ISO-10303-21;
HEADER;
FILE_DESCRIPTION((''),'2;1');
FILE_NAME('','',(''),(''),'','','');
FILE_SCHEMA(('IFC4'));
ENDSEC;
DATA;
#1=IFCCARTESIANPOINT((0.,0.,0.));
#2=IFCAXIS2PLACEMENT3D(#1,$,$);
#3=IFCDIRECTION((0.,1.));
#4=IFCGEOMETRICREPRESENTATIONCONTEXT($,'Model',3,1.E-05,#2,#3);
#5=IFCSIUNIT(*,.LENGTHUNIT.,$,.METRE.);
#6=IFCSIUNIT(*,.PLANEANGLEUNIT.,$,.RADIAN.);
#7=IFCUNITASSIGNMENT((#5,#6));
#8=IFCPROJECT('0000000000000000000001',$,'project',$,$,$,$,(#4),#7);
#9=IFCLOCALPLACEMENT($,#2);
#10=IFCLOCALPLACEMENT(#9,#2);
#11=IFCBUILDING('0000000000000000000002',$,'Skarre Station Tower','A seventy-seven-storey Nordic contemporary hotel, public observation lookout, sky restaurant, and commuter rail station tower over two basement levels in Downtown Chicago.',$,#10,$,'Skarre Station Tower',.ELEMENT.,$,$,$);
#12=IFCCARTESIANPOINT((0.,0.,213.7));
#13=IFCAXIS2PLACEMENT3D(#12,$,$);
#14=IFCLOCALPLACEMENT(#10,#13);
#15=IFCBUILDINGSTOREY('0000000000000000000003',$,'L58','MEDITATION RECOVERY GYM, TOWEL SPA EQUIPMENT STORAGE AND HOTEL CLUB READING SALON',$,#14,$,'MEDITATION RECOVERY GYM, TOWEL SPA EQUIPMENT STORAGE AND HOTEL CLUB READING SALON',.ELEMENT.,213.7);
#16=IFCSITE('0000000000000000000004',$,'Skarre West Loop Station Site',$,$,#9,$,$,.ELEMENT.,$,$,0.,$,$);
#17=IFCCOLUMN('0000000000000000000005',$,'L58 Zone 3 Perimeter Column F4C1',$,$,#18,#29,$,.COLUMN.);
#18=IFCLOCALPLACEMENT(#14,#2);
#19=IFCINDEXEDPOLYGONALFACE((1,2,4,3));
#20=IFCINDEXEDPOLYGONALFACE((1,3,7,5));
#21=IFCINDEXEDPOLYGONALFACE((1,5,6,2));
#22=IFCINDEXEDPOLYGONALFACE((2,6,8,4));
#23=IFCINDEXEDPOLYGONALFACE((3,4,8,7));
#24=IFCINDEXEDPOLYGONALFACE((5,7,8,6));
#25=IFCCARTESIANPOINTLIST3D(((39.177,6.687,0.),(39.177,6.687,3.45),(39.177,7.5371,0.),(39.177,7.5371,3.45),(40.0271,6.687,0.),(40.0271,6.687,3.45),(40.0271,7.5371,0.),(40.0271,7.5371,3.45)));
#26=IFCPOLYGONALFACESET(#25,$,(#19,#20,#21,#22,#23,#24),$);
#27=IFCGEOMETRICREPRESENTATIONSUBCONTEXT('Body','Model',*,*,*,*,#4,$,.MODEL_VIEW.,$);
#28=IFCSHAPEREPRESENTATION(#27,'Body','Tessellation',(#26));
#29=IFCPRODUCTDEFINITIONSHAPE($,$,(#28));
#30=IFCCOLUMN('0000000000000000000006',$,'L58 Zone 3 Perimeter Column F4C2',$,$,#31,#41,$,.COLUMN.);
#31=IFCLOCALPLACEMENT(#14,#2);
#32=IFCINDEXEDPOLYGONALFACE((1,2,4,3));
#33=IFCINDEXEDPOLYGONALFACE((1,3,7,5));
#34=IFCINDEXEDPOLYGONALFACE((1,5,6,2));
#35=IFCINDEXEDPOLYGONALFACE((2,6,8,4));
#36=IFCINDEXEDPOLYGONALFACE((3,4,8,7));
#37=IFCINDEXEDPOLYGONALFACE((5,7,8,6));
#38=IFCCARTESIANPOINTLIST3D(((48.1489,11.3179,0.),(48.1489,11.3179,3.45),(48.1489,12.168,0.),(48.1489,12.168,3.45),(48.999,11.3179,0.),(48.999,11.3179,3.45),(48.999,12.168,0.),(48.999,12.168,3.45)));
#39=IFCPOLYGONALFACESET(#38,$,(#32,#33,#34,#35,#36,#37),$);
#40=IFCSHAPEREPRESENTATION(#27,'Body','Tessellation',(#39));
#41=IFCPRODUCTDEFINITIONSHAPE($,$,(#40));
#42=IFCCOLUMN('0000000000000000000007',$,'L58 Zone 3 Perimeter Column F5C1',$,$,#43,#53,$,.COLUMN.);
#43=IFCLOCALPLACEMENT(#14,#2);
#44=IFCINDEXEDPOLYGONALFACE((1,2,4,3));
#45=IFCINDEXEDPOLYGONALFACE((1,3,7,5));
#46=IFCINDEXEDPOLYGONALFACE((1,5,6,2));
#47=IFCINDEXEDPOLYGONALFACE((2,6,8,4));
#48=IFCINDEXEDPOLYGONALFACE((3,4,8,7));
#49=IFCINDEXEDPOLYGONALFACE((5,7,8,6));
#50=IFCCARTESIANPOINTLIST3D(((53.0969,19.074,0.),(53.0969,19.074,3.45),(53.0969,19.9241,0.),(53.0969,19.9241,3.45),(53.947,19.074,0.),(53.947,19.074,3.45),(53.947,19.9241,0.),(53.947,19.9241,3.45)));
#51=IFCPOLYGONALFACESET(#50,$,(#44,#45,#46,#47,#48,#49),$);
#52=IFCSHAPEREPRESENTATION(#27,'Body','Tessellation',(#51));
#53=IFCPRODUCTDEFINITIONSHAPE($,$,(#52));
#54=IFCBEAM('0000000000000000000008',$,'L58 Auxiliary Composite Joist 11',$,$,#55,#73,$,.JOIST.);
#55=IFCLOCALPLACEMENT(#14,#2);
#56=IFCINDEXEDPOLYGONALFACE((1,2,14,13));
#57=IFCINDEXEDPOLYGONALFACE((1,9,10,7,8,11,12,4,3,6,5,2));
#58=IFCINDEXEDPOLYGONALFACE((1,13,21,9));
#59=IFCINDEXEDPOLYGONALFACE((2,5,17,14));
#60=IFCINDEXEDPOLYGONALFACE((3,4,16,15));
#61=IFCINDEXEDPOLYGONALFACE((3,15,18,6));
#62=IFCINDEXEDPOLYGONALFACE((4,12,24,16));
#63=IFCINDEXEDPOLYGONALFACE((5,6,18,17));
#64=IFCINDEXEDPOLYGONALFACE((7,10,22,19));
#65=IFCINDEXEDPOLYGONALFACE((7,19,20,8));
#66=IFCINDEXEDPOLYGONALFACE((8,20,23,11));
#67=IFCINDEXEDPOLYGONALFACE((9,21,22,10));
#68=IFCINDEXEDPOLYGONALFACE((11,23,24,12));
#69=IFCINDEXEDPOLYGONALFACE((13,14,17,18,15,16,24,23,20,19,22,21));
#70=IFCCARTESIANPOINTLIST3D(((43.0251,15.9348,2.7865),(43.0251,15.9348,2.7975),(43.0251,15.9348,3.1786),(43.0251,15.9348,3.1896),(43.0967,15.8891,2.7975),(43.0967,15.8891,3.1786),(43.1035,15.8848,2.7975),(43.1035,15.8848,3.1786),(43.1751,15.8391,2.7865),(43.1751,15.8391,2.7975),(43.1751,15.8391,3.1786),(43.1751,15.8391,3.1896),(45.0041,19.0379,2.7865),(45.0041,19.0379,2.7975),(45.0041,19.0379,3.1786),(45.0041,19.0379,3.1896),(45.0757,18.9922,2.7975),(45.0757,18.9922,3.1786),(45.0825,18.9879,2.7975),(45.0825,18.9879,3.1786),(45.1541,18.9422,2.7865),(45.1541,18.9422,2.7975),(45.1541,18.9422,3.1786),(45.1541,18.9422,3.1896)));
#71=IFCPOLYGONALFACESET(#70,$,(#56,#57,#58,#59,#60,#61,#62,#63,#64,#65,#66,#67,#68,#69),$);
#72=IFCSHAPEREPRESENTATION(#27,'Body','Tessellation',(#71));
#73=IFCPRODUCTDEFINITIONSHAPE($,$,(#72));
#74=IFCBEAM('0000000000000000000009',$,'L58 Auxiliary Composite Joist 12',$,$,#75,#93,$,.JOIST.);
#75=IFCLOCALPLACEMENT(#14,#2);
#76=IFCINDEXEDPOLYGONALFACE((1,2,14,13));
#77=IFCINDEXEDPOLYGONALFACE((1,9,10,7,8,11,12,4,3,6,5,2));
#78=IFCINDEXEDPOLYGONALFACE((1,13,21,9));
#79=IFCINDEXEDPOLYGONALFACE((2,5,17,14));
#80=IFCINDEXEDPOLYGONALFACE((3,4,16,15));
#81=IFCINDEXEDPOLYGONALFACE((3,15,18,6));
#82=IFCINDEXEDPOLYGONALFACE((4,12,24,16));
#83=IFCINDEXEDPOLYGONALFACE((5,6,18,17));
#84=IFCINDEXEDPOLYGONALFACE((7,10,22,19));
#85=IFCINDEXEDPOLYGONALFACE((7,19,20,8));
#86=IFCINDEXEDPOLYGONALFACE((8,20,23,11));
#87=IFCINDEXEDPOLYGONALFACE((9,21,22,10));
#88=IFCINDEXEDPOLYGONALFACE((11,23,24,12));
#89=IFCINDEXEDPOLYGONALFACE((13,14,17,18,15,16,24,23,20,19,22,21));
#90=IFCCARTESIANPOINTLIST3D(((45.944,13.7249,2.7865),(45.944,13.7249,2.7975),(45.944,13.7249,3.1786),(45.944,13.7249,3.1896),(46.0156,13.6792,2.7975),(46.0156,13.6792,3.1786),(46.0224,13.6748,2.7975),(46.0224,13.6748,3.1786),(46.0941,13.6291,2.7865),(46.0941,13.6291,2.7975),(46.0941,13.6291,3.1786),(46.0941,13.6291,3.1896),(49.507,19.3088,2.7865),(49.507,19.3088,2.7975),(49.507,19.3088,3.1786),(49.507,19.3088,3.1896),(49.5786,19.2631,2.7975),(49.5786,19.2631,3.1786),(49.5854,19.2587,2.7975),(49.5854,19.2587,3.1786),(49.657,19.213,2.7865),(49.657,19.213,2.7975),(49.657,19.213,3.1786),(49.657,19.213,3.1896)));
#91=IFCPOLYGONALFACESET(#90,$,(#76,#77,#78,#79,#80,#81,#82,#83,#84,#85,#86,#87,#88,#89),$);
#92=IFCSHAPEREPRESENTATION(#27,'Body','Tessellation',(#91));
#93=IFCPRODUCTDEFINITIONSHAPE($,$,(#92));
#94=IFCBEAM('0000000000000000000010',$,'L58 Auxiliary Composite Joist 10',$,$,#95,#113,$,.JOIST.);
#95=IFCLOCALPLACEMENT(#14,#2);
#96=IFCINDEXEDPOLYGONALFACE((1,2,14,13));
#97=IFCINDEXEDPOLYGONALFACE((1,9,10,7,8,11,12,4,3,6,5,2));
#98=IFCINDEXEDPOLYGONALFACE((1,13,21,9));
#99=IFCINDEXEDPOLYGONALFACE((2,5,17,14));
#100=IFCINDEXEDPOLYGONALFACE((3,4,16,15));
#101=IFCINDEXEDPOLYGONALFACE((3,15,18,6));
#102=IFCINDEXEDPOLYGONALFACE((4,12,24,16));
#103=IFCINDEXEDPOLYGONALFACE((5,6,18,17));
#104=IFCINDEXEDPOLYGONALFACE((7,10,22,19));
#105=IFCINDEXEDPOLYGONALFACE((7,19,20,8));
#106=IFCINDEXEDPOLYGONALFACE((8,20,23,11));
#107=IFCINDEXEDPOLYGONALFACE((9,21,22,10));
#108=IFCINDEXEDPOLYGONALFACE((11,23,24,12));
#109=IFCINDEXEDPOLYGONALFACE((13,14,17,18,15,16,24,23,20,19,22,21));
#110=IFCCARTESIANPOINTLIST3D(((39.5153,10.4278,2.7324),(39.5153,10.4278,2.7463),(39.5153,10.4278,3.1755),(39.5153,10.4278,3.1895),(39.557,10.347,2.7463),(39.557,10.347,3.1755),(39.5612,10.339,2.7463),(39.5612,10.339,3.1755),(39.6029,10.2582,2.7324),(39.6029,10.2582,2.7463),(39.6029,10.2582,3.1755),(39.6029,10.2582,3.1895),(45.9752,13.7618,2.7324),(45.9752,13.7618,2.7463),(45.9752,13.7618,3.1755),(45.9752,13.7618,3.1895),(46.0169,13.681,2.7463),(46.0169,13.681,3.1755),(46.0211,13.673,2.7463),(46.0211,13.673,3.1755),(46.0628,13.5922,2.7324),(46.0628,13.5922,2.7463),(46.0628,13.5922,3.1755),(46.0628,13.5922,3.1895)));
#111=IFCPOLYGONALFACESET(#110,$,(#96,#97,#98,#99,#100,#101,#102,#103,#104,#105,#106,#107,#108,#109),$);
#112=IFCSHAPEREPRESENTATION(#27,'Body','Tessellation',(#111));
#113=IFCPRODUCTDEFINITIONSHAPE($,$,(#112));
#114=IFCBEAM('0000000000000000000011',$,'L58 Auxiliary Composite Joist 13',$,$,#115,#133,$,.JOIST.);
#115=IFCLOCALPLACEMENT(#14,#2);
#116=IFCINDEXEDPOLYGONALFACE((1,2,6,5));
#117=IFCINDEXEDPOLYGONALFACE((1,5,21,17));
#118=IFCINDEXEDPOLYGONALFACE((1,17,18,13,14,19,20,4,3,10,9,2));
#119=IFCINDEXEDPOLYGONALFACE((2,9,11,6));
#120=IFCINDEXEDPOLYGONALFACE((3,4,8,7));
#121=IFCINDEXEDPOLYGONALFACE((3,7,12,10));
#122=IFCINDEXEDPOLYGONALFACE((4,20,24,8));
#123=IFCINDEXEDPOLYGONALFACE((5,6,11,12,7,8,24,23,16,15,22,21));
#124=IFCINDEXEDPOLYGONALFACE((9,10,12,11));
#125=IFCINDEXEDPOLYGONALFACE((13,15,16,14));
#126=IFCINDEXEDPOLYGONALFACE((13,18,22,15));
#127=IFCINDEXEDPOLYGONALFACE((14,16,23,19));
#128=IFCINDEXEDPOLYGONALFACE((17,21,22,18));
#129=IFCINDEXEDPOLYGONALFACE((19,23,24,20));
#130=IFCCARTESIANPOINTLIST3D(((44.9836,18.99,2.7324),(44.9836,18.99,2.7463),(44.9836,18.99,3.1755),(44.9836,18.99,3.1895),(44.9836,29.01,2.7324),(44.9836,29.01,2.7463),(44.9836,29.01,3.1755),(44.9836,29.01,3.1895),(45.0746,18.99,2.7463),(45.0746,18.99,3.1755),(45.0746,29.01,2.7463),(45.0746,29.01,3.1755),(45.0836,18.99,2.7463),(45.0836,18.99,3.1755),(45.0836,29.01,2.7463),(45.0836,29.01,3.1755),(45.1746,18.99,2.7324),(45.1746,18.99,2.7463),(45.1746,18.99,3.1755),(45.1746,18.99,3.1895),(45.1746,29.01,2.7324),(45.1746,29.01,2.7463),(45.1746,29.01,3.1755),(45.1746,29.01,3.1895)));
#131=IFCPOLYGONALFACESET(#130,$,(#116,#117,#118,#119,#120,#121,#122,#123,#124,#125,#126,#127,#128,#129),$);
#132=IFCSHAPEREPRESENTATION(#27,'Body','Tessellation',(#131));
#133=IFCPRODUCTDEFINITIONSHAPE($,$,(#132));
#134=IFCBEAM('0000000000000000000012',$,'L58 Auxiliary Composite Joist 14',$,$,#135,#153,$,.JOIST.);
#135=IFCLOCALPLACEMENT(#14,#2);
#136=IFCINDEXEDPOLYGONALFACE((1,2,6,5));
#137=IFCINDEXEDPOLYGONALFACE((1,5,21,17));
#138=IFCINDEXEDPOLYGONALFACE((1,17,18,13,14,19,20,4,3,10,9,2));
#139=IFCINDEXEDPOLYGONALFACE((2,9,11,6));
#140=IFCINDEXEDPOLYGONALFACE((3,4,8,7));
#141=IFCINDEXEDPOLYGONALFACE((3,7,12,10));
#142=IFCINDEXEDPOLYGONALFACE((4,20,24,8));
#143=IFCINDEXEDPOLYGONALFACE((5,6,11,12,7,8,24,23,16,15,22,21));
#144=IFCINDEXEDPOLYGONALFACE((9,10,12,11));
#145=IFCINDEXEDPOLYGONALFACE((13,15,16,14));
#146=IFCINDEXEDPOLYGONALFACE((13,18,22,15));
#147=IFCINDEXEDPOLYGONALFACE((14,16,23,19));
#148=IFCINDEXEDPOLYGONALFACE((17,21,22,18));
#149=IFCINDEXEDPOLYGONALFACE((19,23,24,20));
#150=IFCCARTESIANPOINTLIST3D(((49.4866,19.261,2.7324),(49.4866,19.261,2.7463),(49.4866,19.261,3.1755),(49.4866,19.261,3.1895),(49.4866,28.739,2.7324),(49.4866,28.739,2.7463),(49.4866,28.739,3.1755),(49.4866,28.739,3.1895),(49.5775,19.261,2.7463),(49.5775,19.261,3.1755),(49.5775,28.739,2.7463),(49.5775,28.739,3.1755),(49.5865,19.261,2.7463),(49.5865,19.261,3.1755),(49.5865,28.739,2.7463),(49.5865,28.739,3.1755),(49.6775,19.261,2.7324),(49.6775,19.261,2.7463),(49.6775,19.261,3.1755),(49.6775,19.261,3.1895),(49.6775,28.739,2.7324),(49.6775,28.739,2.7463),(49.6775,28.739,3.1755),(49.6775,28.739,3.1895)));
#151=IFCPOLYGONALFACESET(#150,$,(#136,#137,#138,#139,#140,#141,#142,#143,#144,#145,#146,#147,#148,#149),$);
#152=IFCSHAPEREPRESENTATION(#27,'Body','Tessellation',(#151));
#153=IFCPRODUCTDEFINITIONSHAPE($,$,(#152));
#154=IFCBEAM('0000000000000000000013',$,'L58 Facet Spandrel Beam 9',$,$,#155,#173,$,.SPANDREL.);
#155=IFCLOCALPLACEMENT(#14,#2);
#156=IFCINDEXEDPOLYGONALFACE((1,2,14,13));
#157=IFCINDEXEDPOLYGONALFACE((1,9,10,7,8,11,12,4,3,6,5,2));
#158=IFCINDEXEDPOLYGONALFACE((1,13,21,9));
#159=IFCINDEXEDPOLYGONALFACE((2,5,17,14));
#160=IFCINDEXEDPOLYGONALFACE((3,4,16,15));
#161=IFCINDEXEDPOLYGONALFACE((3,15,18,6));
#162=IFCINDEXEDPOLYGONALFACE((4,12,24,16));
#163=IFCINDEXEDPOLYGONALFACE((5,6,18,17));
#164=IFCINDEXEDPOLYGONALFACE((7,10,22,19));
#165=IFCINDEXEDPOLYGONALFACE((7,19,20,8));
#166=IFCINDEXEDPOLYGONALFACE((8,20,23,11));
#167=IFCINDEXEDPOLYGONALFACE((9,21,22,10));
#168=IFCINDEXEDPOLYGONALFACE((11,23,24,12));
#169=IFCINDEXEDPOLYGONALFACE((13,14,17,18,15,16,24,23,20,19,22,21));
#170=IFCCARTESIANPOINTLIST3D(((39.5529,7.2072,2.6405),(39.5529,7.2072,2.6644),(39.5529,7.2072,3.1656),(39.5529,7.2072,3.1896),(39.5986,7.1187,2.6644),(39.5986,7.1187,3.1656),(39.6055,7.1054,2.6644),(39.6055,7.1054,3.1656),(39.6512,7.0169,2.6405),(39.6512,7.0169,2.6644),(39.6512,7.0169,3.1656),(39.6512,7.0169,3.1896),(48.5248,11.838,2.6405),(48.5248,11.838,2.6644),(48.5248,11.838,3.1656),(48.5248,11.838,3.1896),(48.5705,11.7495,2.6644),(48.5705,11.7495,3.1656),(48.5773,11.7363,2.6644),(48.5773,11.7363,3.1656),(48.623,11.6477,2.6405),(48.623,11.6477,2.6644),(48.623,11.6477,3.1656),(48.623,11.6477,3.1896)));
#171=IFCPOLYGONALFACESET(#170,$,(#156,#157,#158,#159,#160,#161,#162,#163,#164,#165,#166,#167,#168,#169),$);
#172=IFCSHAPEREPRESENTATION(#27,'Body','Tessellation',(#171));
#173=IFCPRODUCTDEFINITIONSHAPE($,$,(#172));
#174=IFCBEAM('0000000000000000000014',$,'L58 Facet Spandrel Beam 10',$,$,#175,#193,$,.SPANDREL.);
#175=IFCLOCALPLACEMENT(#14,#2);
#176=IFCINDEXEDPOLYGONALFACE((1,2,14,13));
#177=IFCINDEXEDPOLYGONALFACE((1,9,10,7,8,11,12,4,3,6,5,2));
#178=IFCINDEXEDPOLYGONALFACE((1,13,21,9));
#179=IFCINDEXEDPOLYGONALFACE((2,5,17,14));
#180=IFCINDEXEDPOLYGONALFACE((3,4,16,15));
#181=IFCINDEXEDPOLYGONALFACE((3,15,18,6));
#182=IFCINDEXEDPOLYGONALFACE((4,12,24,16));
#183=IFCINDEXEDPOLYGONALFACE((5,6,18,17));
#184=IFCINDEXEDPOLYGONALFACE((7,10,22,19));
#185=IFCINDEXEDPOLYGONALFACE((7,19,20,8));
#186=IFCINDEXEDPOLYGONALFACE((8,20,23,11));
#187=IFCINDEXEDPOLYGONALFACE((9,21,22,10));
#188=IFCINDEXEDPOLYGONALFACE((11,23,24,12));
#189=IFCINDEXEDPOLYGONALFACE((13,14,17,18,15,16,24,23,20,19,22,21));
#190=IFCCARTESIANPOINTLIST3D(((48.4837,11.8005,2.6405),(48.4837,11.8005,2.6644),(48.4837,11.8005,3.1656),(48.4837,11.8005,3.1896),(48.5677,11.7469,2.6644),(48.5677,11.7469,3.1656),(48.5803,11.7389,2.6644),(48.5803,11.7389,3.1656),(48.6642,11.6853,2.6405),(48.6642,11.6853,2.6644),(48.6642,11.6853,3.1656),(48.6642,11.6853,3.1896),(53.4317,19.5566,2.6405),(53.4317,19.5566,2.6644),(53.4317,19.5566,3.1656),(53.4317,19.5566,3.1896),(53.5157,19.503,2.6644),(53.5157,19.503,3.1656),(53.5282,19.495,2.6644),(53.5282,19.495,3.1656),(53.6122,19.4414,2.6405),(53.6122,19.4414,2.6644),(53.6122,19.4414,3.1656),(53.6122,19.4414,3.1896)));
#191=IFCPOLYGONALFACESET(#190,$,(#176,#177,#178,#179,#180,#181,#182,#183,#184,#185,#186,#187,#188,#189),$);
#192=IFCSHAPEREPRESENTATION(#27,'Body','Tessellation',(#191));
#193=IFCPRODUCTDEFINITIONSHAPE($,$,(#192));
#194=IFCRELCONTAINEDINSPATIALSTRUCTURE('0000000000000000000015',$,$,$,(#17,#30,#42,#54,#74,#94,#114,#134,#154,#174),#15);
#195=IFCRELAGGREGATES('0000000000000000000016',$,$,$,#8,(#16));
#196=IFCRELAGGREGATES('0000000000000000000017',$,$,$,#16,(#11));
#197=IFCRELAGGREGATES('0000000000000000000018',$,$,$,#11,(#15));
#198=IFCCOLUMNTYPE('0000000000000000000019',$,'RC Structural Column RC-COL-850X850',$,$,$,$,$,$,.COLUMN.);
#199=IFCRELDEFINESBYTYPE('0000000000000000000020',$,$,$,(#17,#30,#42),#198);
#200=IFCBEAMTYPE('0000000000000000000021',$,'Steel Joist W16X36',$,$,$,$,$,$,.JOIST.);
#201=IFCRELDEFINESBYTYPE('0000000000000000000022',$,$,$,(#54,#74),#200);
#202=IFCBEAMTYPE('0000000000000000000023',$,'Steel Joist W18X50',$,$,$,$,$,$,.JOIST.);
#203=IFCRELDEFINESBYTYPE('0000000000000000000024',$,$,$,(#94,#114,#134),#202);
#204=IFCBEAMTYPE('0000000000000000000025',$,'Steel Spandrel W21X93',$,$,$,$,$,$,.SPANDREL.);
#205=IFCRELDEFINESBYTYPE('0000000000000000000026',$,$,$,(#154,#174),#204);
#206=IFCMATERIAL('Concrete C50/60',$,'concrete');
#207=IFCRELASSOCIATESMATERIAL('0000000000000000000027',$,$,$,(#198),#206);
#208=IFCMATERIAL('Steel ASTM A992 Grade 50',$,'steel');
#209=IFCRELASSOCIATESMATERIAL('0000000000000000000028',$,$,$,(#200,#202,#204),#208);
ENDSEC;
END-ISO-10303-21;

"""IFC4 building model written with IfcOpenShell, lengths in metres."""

from ifc_helpers import new_model, si_unit, direction, frame, origin, origin_2d, place, context, subcontext, project, spatial, rectangle, i_section, extrude, material, material_profile, profile_set, type_object, element, save


model = new_model("IFC4")

# Units and contexts
model_context = context("Model", 3, precision=1e-05, world=origin(), true_north=direction((0.0, 1.0)))
body_context = subcontext(model_context, "Body", "Model", "MODEL_VIEW")
ifc_project = project(units=[si_unit("LENGTHUNIT", "METRE"), si_unit("PLANEANGLEUNIT", "RADIAN")], contexts=[model_context])

# Site, building, storey
site_placement = place(None, origin())
site = spatial("IfcSite", under=ifc_project, at=site_placement, Name="Skarre West Loop Station Site", CompositionType="ELEMENT", RefElevation=0.0)
building_placement = place(site_placement, origin())
building = spatial("IfcBuilding", under=site, at=building_placement, Name="Skarre Station Tower", Description="A seventy-seven-storey Nordic contemporary hotel, public observation lookout, sky restaurant, and commuter rail station tower over two basement levels in Downtown Chicago.", LongName="Skarre Station Tower", CompositionType="ELEMENT")
storey_placement = place(building_placement, frame((0.0, 0.0, 213.7)))
storey = spatial("IfcBuildingStorey", under=building, at=storey_placement, Name="L58", Description="MEDITATION RECOVERY GYM, TOWEL SPA EQUIPMENT STORAGE AND HOTEL CLUB READING SALON", LongName="MEDITATION RECOVERY GYM, TOWEL SPA EQUIPMENT STORAGE AND HOTEL CLUB READING SALON", CompositionType="ELEMENT", Elevation=213.7)

# Columns
ifc_material_1 = material(Name="Concrete C50/60", Category="concrete")
ifc_material_profile_1 = material_profile(ifc_material_1, rectangle(XDim=0.8501, YDim=0.8501, at=origin_2d()), Name="Concrete C50/60")
ifc_profile_set_1 = profile_set([ifc_material_profile_1], Name="Concrete C50/60")
column_type = type_object("IfcColumnType", Name="RC Structural Column RC-COL-850X850", PredefinedType="COLUMN", material=ifc_profile_set_1)
for number, where, z_axis, x_axis, name in (
    (1, (39.6021, 7.1121, 0.0), (0.0, 0.0, 1.0), (1.0, 0.0, 0.0), "L58 Zone 3 Perimeter Column F4C1"),
    (2, (48.574, 11.7429, 0.0), (0.0, 0.0, 1.0), (1.0, 0.0, 0.0), "L58 Zone 3 Perimeter Column F4C2"),
    (3, (53.522, 19.499, 0.0), (0.0, 0.0, 1.0), (1.0, 0.0, 0.0), "L58 Zone 3 Perimeter Column F5C1"),
):
    element("IfcColumn", number, at=place(storey_placement, frame(where, z_axis=z_axis, x_axis=x_axis)), inside=storey, type_object=column_type, Name=name, PredefinedType="COLUMN", context=body_context, shape_type="SweptSolid", body=[
        extrude(rectangle(XDim=0.8501, YDim=0.8501, at=origin_2d()), origin(), (0.0, 0.0, 1.0), 3.45),
    ])

# Beams
ifc_material_2 = material(Name="Steel ASTM A992 Grade 50", Category="steel")
ifc_material_profile_2 = material_profile(ifc_material_2, i_section(OverallWidth=0.178, OverallDepth=0.4031, WebThickness=0.0081, FlangeThickness=0.011, at=origin_2d()), Name="Steel ASTM A992 Grade 50")
ifc_profile_set_2 = profile_set([ifc_material_profile_2], Name="Steel ASTM A992 Grade 50")
beam_type_1 = type_object("IfcBeamType", Name="Steel Joist W16X36", PredefinedType="JOIST", material=ifc_profile_set_2)
beam_1_placement = place(storey_placement, frame((43.1001, 15.887, 2.988), z_axis=(0.537717, 0.843126, 0.0), x_axis=(-0.843126, 0.537717, 0.0)))
element("IfcBeam", 4, at=beam_1_placement, inside=storey, type_object=beam_type_1, Name="L58 Auxiliary Composite Joist 11", PredefinedType="JOIST", context=body_context, shape_type="SweptSolid", body=[
    extrude(i_section(OverallWidth=0.178, OverallDepth=0.4031, WebThickness=0.0081, FlangeThickness=0.011, at=origin_2d()), origin(), (0.0, 0.0, 1.0), 3.6804),
])
beam_2_placement = place(storey_placement, frame((46.019, 13.677, 2.988), z_axis=(0.537901, 0.843008, 0.0), x_axis=(-0.843008, 0.537901, 0.0)))
element("IfcBeam", 5, at=beam_2_placement, inside=storey, type_object=beam_type_1, Name="L58 Auxiliary Composite Joist 12", PredefinedType="JOIST", context=body_context, shape_type="SweptSolid", body=[
    extrude(i_section(OverallWidth=0.178, OverallDepth=0.4031, WebThickness=0.0081, FlangeThickness=0.011, at=origin_2d()), origin(), (0.0, 0.0, 1.0), 6.6238),
])
ifc_material_profile_3 = material_profile(ifc_material_2, i_section(OverallWidth=0.1909, OverallDepth=0.457, WebThickness=0.009, FlangeThickness=0.0139, at=origin_2d()), Name="Steel ASTM A992 Grade 50")
ifc_profile_set_3 = profile_set([ifc_material_profile_3], Name="Steel ASTM A992 Grade 50")
beam_type_2 = type_object("IfcBeamType", Name="Steel Joist W18X50", PredefinedType="JOIST", material=ifc_profile_set_3)
beam_3_placement = place(storey_placement, frame((39.5591, 10.343, 2.9609), z_axis=(0.888631, 0.458622, 0.0), x_axis=(-0.458622, 0.888631, 0.0)))
element("IfcBeam", 6, at=beam_3_placement, inside=storey, type_object=beam_type_2, Name="L58 Auxiliary Composite Joist 10", PredefinedType="JOIST", context=body_context, shape_type="SweptSolid", body=[
    extrude(i_section(OverallWidth=0.1909, OverallDepth=0.457, WebThickness=0.009, FlangeThickness=0.0139, at=origin_2d()), origin(), (0.0, 0.0, 1.0), 7.2695),
])
beam_4_placement = place(storey_placement, frame((45.0791, 18.99, 2.9609), z_axis=(0.0, 1.0, 0.0), x_axis=(-1.0, 0.0, 0.0)))
element("IfcBeam", 7, at=beam_4_placement, inside=storey, type_object=beam_type_2, Name="L58 Auxiliary Composite Joist 13", PredefinedType="JOIST", context=body_context, shape_type="SweptSolid", body=[
    extrude(i_section(OverallWidth=0.1909, OverallDepth=0.457, WebThickness=0.009, FlangeThickness=0.0139, at=origin_2d()), origin(), (0.0, 0.0, 1.0), 10.02),
])
beam_5_placement = place(storey_placement, frame((49.582, 19.261, 2.9609), z_axis=(0.0, 1.0, 0.0), x_axis=(-1.0, 0.0, 0.0)))
element("IfcBeam", 8, at=beam_5_placement, inside=storey, type_object=beam_type_2, Name="L58 Auxiliary Composite Joist 14", PredefinedType="JOIST", context=body_context, shape_type="SweptSolid", body=[
    extrude(i_section(OverallWidth=0.1909, OverallDepth=0.457, WebThickness=0.009, FlangeThickness=0.0139, at=origin_2d()), origin(), (0.0, 0.0, 1.0), 9.478),
])
ifc_material_profile_4 = material_profile(ifc_material_2, i_section(OverallWidth=0.2141, OverallDepth=0.5491, WebThickness=0.0149, FlangeThickness=0.0239, at=origin_2d()), Name="Steel ASTM A992 Grade 50")
ifc_profile_set_4 = profile_set([ifc_material_profile_4], Name="Steel ASTM A992 Grade 50")
beam_type_3 = type_object("IfcBeamType", Name="Steel Spandrel W21X93", PredefinedType="SPANDREL", material=ifc_profile_set_4)
beam_6_placement = place(storey_placement, frame((39.6021, 7.1121, 2.915), z_axis=(0.888613, 0.458658, 0.0), x_axis=(-0.458658, 0.888613, 0.0)))
element("IfcBeam", 9, at=beam_6_placement, inside=storey, type_object=beam_type_3, Name="L58 Facet Spandrel Beam 9", PredefinedType="SPANDREL", context=body_context, shape_type="SweptSolid", body=[
    extrude(i_section(OverallWidth=0.2141, OverallDepth=0.5491, WebThickness=0.0149, FlangeThickness=0.0239, at=origin_2d()), origin(), (0.0, 0.0, 1.0), 10.0964),
])
beam_7_placement = place(storey_placement, frame((48.574, 11.7429, 2.915), z_axis=(0.537826, 0.843056, 0.0), x_axis=(-0.843056, 0.537826, 0.0)))
element("IfcBeam", 10, at=beam_7_placement, inside=storey, type_object=beam_type_3, Name="L58 Facet Spandrel Beam 10", PredefinedType="SPANDREL", context=body_context, shape_type="SweptSolid", body=[
    extrude(i_section(OverallWidth=0.2141, OverallDepth=0.5491, WebThickness=0.0149, FlangeThickness=0.0239, at=origin_2d()), origin(), (0.0, 0.0, 1.0), 9.2),
])

save(model, "model.ifc")
